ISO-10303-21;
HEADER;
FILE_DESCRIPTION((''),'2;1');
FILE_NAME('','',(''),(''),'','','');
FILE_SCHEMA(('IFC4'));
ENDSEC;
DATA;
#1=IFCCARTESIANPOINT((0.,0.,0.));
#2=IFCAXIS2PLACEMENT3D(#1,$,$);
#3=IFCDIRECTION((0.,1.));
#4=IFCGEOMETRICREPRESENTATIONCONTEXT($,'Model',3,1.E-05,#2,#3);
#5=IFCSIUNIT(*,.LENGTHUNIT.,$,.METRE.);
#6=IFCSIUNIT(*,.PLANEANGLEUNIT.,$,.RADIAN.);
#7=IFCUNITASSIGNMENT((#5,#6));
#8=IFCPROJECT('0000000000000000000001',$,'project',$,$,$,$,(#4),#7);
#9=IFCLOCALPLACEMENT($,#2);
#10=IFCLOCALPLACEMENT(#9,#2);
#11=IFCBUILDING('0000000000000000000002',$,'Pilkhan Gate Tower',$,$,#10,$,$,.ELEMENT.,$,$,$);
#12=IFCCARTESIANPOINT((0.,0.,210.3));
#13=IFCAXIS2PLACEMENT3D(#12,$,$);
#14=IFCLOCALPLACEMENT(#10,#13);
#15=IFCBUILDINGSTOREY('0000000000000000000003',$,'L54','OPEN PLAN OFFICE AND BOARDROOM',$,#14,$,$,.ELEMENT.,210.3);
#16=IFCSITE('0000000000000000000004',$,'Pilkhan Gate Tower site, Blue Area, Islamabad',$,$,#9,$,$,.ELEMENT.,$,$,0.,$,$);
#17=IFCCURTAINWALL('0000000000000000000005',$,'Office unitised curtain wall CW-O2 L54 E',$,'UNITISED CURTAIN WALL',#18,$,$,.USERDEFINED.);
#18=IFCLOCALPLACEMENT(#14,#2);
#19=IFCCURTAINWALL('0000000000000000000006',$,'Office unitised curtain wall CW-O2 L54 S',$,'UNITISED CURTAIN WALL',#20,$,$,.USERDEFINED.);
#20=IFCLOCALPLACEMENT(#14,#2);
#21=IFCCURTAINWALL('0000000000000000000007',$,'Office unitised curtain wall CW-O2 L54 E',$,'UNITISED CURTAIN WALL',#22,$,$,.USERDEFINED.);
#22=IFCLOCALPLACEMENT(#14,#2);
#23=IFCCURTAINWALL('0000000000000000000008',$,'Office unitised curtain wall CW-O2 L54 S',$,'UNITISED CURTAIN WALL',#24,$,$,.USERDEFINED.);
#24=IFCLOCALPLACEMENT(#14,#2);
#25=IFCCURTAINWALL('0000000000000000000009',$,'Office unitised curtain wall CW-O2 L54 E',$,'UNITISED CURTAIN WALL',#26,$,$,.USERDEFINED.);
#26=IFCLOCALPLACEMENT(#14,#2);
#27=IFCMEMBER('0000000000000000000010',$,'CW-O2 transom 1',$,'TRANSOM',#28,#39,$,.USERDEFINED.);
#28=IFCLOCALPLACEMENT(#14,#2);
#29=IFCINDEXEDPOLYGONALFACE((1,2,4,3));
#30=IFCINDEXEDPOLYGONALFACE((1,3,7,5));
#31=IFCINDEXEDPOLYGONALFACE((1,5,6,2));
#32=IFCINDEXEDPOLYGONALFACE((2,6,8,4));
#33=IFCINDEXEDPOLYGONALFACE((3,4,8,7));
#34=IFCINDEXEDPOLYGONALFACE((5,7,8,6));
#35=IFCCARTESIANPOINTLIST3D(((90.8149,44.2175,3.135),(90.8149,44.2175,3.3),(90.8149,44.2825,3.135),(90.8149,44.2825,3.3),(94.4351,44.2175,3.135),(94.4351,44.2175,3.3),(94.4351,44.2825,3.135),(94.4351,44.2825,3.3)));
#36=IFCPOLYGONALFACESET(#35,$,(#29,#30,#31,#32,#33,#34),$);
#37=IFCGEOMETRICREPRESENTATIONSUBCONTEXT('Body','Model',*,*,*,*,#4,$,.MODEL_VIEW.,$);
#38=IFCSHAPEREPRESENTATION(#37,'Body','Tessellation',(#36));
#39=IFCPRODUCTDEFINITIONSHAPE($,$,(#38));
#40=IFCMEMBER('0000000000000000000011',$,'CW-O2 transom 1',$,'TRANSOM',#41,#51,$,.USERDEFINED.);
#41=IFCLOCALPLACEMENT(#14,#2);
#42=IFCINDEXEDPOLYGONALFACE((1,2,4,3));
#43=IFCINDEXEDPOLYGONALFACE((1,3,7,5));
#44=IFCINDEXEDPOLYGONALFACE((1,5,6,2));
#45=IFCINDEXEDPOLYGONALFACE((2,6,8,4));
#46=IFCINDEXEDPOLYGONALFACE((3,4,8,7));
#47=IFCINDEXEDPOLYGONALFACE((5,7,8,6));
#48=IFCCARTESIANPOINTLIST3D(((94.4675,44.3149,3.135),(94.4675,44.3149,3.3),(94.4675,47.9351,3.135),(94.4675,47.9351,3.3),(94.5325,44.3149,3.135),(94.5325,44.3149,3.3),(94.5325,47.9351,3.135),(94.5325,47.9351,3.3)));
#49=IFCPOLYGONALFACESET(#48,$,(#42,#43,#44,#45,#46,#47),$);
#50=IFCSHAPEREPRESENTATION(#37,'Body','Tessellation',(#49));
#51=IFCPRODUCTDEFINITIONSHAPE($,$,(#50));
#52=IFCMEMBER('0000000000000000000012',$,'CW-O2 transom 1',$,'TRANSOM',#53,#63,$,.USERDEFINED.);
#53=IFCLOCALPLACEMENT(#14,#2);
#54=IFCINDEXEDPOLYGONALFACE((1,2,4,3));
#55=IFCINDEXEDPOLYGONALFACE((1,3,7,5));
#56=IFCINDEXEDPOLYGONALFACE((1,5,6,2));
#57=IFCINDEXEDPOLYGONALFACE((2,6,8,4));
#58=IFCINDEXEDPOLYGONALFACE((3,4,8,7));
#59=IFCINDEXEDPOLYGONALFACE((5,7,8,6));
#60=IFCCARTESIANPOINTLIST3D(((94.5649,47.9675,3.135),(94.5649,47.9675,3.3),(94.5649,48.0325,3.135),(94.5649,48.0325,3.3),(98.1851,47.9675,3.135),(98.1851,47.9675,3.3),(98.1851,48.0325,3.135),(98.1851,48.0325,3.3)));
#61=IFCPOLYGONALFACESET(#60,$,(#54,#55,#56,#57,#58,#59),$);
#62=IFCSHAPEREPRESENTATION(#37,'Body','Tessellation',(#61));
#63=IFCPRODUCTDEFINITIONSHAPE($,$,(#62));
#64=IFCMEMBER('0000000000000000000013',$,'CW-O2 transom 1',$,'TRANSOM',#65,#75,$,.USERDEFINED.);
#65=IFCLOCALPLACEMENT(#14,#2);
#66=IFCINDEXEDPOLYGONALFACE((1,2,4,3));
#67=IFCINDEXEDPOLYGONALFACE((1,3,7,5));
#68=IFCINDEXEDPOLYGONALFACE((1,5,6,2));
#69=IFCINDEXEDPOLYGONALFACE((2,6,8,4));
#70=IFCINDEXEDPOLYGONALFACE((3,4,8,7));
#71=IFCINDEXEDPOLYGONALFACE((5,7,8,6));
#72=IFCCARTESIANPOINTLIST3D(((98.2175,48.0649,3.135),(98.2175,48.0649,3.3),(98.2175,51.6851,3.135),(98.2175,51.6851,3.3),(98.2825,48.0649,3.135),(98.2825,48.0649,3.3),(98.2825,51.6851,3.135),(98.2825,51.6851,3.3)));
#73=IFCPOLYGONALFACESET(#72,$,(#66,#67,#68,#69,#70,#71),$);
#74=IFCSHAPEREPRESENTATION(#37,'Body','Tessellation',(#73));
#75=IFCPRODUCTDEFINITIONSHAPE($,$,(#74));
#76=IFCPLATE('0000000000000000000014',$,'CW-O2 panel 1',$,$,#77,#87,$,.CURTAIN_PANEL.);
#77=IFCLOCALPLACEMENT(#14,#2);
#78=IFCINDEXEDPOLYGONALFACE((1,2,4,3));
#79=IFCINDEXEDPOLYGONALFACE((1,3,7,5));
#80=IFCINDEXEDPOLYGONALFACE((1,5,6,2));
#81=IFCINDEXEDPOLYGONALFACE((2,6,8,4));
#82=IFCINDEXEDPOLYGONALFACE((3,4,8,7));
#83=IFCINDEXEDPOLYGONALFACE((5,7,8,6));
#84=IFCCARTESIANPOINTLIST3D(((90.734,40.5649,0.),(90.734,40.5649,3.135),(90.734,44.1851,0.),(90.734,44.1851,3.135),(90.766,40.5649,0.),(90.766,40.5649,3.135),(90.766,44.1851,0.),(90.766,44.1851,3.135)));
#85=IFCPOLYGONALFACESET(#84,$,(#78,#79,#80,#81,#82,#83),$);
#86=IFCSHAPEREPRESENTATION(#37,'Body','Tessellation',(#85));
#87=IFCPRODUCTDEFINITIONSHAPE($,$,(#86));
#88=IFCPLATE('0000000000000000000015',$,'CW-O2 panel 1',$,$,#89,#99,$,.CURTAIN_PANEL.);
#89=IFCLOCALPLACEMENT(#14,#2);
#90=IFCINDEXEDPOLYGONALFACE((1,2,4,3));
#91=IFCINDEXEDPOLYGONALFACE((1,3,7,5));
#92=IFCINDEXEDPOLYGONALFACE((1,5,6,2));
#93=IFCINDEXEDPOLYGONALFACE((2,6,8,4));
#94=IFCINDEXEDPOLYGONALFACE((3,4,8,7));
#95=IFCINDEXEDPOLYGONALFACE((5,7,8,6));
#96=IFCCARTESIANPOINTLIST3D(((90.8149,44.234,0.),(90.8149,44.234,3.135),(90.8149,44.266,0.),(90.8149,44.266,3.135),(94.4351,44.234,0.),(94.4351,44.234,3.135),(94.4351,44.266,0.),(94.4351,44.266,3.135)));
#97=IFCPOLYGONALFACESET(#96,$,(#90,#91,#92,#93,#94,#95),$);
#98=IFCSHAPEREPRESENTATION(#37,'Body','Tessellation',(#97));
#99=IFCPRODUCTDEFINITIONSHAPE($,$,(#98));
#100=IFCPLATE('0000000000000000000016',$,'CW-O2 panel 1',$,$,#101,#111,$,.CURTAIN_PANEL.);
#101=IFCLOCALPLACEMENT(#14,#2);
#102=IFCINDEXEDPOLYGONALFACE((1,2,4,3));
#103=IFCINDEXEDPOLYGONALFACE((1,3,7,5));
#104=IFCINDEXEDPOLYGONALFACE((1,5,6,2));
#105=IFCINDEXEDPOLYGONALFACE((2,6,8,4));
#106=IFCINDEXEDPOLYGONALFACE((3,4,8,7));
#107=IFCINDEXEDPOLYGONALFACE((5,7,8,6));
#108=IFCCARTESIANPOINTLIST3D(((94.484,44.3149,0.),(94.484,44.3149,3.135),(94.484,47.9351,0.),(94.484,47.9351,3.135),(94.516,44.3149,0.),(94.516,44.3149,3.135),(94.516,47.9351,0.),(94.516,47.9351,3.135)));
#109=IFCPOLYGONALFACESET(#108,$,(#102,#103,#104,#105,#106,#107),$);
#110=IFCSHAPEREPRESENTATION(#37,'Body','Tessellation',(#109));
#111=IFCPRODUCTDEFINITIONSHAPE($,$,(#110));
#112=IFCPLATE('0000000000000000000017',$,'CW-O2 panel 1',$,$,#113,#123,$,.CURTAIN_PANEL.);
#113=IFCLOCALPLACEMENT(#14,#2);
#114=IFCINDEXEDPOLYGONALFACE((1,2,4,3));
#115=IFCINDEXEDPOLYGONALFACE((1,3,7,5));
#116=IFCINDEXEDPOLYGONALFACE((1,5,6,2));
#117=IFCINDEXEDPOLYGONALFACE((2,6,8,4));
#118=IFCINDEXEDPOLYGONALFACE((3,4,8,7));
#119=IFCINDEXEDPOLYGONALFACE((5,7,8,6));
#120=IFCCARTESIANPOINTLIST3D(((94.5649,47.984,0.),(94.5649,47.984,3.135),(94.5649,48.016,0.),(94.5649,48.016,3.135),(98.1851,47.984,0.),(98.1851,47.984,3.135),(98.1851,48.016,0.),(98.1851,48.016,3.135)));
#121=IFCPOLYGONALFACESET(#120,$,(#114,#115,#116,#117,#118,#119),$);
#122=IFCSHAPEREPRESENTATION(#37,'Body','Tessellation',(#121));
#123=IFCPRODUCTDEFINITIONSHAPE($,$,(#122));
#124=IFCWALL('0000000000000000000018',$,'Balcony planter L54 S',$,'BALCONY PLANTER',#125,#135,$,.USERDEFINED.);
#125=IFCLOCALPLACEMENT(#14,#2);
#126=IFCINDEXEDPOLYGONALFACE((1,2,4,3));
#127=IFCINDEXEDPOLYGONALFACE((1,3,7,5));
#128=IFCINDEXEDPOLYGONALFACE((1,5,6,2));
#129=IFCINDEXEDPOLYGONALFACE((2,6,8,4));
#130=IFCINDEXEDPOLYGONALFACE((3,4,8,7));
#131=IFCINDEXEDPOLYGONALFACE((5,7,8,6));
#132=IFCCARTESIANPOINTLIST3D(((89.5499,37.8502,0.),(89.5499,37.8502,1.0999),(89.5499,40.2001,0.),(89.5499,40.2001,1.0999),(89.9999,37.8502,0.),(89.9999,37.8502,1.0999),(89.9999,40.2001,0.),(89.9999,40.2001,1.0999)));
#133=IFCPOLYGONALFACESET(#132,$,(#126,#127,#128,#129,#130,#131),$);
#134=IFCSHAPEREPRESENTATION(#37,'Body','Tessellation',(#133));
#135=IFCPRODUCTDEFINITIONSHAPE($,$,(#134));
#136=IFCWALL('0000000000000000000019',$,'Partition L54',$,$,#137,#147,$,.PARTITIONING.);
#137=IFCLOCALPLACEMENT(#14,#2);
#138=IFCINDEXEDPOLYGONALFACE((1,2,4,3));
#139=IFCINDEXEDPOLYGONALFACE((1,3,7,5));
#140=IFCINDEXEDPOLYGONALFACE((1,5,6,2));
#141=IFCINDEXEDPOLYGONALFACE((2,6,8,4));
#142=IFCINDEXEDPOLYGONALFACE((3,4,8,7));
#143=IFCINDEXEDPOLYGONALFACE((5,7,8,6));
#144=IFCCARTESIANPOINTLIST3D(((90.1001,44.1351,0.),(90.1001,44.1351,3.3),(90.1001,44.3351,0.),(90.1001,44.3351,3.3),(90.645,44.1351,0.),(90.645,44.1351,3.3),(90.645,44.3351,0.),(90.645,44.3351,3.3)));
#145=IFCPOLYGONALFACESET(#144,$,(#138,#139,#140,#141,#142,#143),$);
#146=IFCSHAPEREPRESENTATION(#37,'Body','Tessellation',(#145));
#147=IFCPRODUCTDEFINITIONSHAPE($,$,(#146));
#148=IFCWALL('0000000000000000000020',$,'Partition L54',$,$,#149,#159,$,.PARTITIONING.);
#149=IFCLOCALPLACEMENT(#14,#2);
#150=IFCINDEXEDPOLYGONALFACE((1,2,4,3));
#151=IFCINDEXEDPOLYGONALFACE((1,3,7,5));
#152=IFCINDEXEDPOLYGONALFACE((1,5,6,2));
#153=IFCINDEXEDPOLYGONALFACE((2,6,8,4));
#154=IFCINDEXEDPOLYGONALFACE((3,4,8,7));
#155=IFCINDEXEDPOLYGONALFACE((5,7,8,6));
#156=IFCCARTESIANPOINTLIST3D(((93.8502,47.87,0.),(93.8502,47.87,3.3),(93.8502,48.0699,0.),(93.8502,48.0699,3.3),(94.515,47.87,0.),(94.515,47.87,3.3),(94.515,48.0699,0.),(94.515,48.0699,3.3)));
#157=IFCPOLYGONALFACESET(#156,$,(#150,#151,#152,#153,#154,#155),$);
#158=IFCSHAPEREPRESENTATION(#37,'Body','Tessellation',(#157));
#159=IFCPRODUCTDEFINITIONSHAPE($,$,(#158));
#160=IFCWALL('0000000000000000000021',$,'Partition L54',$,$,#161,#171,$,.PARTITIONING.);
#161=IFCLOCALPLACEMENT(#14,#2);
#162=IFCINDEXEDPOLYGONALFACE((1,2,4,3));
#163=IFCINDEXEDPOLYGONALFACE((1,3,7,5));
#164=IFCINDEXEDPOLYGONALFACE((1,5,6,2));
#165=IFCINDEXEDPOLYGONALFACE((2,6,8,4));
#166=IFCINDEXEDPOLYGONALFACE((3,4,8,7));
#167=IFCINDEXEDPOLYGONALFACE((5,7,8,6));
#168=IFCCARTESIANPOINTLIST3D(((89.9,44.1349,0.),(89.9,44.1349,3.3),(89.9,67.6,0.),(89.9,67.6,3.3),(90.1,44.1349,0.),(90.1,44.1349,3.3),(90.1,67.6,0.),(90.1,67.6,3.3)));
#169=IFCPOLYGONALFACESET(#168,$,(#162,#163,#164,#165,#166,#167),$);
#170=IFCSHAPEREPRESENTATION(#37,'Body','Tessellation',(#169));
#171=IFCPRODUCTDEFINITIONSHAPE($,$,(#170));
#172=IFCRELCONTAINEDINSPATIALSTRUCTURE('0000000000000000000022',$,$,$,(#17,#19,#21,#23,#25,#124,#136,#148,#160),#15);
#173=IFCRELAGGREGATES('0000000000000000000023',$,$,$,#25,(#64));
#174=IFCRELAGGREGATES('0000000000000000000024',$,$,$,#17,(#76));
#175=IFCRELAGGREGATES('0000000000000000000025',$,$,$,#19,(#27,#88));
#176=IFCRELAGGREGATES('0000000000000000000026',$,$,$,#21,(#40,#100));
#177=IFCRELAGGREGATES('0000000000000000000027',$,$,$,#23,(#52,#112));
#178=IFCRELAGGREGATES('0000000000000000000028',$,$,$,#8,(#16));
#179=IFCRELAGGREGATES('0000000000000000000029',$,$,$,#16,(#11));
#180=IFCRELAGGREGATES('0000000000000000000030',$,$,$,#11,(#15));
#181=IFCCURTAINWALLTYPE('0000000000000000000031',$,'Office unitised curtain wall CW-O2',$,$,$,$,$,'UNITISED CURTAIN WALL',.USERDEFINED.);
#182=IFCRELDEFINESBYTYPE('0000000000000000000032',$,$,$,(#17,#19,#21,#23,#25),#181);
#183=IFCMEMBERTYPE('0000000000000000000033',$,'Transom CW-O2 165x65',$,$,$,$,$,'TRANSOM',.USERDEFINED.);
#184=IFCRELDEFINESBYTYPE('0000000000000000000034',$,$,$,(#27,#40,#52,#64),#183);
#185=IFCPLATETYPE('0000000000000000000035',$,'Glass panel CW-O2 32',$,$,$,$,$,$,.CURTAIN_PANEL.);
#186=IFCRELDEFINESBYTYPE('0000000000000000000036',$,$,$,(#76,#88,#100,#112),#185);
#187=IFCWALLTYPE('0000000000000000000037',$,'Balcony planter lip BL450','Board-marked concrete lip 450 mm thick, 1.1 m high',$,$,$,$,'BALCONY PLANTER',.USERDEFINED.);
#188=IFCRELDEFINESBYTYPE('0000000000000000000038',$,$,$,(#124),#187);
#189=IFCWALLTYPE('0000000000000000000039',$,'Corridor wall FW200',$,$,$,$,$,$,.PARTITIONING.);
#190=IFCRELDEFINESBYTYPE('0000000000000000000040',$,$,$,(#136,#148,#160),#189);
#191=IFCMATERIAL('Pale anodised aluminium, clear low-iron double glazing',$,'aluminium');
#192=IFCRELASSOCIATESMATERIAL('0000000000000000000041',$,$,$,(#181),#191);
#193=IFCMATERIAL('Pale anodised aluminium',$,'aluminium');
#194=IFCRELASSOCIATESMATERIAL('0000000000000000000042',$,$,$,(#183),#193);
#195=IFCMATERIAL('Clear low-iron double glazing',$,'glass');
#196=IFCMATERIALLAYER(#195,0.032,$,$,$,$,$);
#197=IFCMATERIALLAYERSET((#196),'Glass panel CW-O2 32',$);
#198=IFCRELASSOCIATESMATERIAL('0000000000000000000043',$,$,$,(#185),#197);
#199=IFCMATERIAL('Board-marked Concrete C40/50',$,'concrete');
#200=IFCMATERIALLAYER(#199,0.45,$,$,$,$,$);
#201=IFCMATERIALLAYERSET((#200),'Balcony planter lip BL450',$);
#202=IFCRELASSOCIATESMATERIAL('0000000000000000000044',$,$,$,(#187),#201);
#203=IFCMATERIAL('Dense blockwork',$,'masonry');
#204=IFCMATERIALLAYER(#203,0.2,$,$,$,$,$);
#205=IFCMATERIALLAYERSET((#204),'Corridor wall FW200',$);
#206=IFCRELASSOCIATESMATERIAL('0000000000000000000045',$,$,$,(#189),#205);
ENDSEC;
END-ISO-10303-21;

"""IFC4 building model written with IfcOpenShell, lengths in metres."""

from ifc_helpers import new_model, si_unit, direction, frame, frame_2d, origin, origin_2d, place, context, subcontext, project, spatial, rectangle, extrude, material, layer, layer_set, material_profile, profile_set, type_object, element, aggregate, save


model = new_model("IFC4")

# Units and contexts
model_context = context("Model", 3, precision=1e-05, world=origin(), true_north=direction((0.0, 1.0)))
body_context = subcontext(model_context, "Body", "Model", "MODEL_VIEW")
ifc_project = project(units=[si_unit("LENGTHUNIT", "METRE"), si_unit("PLANEANGLEUNIT", "RADIAN")], contexts=[model_context])

# Site, building, storey
site_placement = place(None, origin())
site = spatial("IfcSite", under=ifc_project, at=site_placement, Name="Pilkhan Gate Tower site, Blue Area, Islamabad", CompositionType="ELEMENT", RefElevation=0.0)
building_placement = place(site_placement, origin())
building = spatial("IfcBuilding", under=site, at=building_placement, Name="Pilkhan Gate Tower", CompositionType="ELEMENT")
storey_placement = place(building_placement, frame((0.0, 0.0, 210.3)))
storey = spatial("IfcBuildingStorey", under=building, at=storey_placement, Name="L54", Description="OPEN PLAN OFFICE AND BOARDROOM", CompositionType="ELEMENT", Elevation=210.3)

# Shared definitions
ifc_material_1 = material(Name="Pale anodised aluminium, clear low-iron double glazing", Category="aluminium")
curtain_wall_type = type_object("IfcCurtainWallType", Name="Office unitised curtain wall CW-O2", ElementType="UNITISED CURTAIN WALL", PredefinedType="USERDEFINED", material=ifc_material_1)
ifc_material_2 = material(Name="Pale anodised aluminium", Category="aluminium")

# Curtain walls
curtain_wall_1_placement = place(storey_placement, origin())
curtain_wall_1 = element("IfcCurtainWall", 1, at=curtain_wall_1_placement, inside=storey, type_object=curtain_wall_type, Name="Office unitised curtain wall CW-O2 L54 E", ObjectType="UNITISED CURTAIN WALL", PredefinedType="USERDEFINED")
curtain_wall_2_placement = place(storey_placement, origin())
curtain_wall_2 = element("IfcCurtainWall", 2, at=curtain_wall_2_placement, inside=storey, type_object=curtain_wall_type, Name="Office unitised curtain wall CW-O2 L54 S", ObjectType="UNITISED CURTAIN WALL", PredefinedType="USERDEFINED")
curtain_wall_3_placement = place(storey_placement, origin())
curtain_wall_3 = element("IfcCurtainWall", 3, at=curtain_wall_3_placement, inside=storey, type_object=curtain_wall_type, Name="Office unitised curtain wall CW-O2 L54 E", ObjectType="UNITISED CURTAIN WALL", PredefinedType="USERDEFINED")
curtain_wall_4_placement = place(storey_placement, origin())
curtain_wall_4 = element("IfcCurtainWall", 4, at=curtain_wall_4_placement, inside=storey, type_object=curtain_wall_type, Name="Office unitised curtain wall CW-O2 L54 S", ObjectType="UNITISED CURTAIN WALL", PredefinedType="USERDEFINED")

# Curtain wall
curtain_wall_5_placement = place(storey_placement, origin())
curtain_wall_5 = element("IfcCurtainWall", 5, at=curtain_wall_5_placement, inside=storey, type_object=curtain_wall_type, Name="Office unitised curtain wall CW-O2 L54 E", ObjectType="UNITISED CURTAIN WALL", PredefinedType="USERDEFINED")

# Members
ifc_material_profile_1 = material_profile(ifc_material_2, rectangle(XDim=0.0649, YDim=0.165, at=origin_2d()), Name="Transom 165x65")
ifc_profile_set_1 = profile_set([ifc_material_profile_1], Name="Pale anodised aluminium")
member_type_1 = type_object("IfcMemberType", Name="Transom CW-O2 165x65", ElementType="TRANSOM", PredefinedType="USERDEFINED", material=ifc_profile_set_1)
member_1_placement = place(storey_placement, frame((90.8149, 44.25, 3.2175), z_axis=(1.0, 0.0, 0.0), x_axis=(0.0, 1.0, 0.0)))
member_1 = element("IfcMember", 6, at=member_1_placement, type_object=member_type_1, Name="CW-O2 transom 1", ObjectType="TRANSOM", PredefinedType="USERDEFINED", context=body_context, shape_type="SweptSolid", body=[
    extrude(rectangle(XDim=0.0649, YDim=0.165, at=origin_2d()), origin(), (0.0, 0.0, 1.0), 3.6201),
])
member_2_placement = place(storey_placement, frame((94.5, 44.3149, 3.2175), z_axis=(0.0, 1.0, 0.0), x_axis=(-1.0, 0.0, 0.0)))
member_2 = element("IfcMember", 7, at=member_2_placement, type_object=member_type_1, Name="CW-O2 transom 1", ObjectType="TRANSOM", PredefinedType="USERDEFINED", context=body_context, shape_type="SweptSolid", body=[
    extrude(rectangle(XDim=0.0649, YDim=0.165, at=origin_2d()), origin(), (0.0, 0.0, 1.0), 3.6201),
])
member_3_placement = place(storey_placement, frame((94.5649, 48.0, 3.2175), z_axis=(1.0, 0.0, 0.0), x_axis=(0.0, 1.0, 0.0)))
member_3 = element("IfcMember", 8, at=member_3_placement, type_object=member_type_1, Name="CW-O2 transom 1", ObjectType="TRANSOM", PredefinedType="USERDEFINED", context=body_context, shape_type="SweptSolid", body=[
    extrude(rectangle(XDim=0.0649, YDim=0.165, at=origin_2d()), origin(), (0.0, 0.0, 1.0), 3.6201),
])
member_4_placement = place(storey_placement, frame((98.25, 48.0649, 3.2175), z_axis=(0.0, 1.0, 0.0), x_axis=(-1.0, 0.0, 0.0)))
member_4 = element("IfcMember", 9, at=member_4_placement, type_object=member_type_1, Name="CW-O2 transom 1", ObjectType="TRANSOM", PredefinedType="USERDEFINED", context=body_context, shape_type="SweptSolid", body=[
    extrude(rectangle(XDim=0.0649, YDim=0.165, at=origin_2d()), origin(), (0.0, 0.0, 1.0), 3.6201),
])
aggregate(curtain_wall_5, [member_4])

# Plates
ifc_material_3 = material(Name="Clear low-iron double glazing", Category="glass")
ifc_layer_1 = layer(ifc_material_3, 0.032)
ifc_layer_set_1 = layer_set([ifc_layer_1], Name="Glass panel CW-O2 32")
plate_type = type_object("IfcPlateType", Name="Glass panel CW-O2 32", PredefinedType="CURTAIN_PANEL", material=ifc_layer_set_1)
plate_1_placement = place(storey_placement, frame((90.75, 42.375, 0.0), z_axis=(0.0, 0.0, 1.0), x_axis=(0.0, 1.0, 0.0)))
plate_1 = element("IfcPlate", 10, at=plate_1_placement, type_object=plate_type, Name="CW-O2 panel 1", PredefinedType="CURTAIN_PANEL", context=body_context, shape_type="SweptSolid", body=[
    extrude(rectangle(XDim=3.6201, YDim=0.032, at=origin_2d()), origin(), (0.0, 0.0, 1.0), 3.135),
])
aggregate(curtain_wall_1, [plate_1])
plate_2_placement = place(storey_placement, frame((92.625, 44.25, 0.0), z_axis=(0.0, 0.0, 1.0), x_axis=(1.0, 0.0, 0.0)))
plate_2 = element("IfcPlate", 11, at=plate_2_placement, type_object=plate_type, Name="CW-O2 panel 1", PredefinedType="CURTAIN_PANEL", context=body_context, shape_type="SweptSolid", body=[
    extrude(rectangle(XDim=3.6201, YDim=0.032, at=origin_2d()), origin(), (0.0, 0.0, 1.0), 3.135),
])
aggregate(curtain_wall_2, [member_1, plate_2])
plate_3_placement = place(storey_placement, frame((94.5, 46.125, 0.0), z_axis=(0.0, 0.0, 1.0), x_axis=(0.0, 1.0, 0.0)))
plate_3 = element("IfcPlate", 12, at=plate_3_placement, type_object=plate_type, Name="CW-O2 panel 1", PredefinedType="CURTAIN_PANEL", context=body_context, shape_type="SweptSolid", body=[
    extrude(rectangle(XDim=3.6201, YDim=0.032, at=origin_2d()), origin(), (0.0, 0.0, 1.0), 3.135),
])
aggregate(curtain_wall_3, [member_2, plate_3])
plate_4_placement = place(storey_placement, frame((96.375, 48.0, 0.0), z_axis=(0.0, 0.0, 1.0), x_axis=(1.0, 0.0, 0.0)))
plate_4 = element("IfcPlate", 13, at=plate_4_placement, type_object=plate_type, Name="CW-O2 panel 1", PredefinedType="CURTAIN_PANEL", context=body_context, shape_type="SweptSolid", body=[
    extrude(rectangle(XDim=3.6201, YDim=0.032, at=origin_2d()), origin(), (0.0, 0.0, 1.0), 3.135),
])
aggregate(curtain_wall_4, [member_3, plate_4])

# Walls
ifc_material_4 = material(Name="Board-marked Concrete C40/50", Category="concrete")
ifc_layer_2 = layer(ifc_material_4, 0.45)
ifc_layer_set_2 = layer_set([ifc_layer_2], Name="Balcony planter lip BL450")
wall_type_1 = type_object("IfcWallType", Name="Balcony planter lip BL450", Description="Board-marked concrete lip 450 mm thick, 1.1 m high", ElementType="BALCONY PLANTER", PredefinedType="USERDEFINED", material=ifc_layer_set_2)
wall_1_placement = place(storey_placement, frame((89.7749, 40.2, 0.0), z_axis=(0.0, 0.0, 1.0), x_axis=(0.0, -1.0, 0.0)))
element("IfcWall", 14, at=wall_1_placement, inside=storey, type_object=wall_type_1, Name="Balcony planter L54 S", ObjectType="BALCONY PLANTER", PredefinedType="USERDEFINED", context=body_context, shape_type="SweptSolid", body=[
    extrude(rectangle(XDim=2.3499, YDim=0.45, at=frame_2d((1.1748, 0.0))), origin(), (0.0, 0.0, 1.0), 1.0999),
])
ifc_material_5 = material(Name="Dense blockwork", Category="masonry")
ifc_layer_3 = layer(ifc_material_5, 0.2)
ifc_layer_set_3 = layer_set([ifc_layer_3], Name="Corridor wall FW200")
wall_type_2 = type_object("IfcWallType", Name="Corridor wall FW200", PredefinedType="PARTITIONING", material=ifc_layer_set_3)
wall_2_placement = place(storey_placement, frame((90.1001, 44.2351, 0.0), z_axis=(0.0, 0.0, 1.0), x_axis=(1.0, 0.0, 0.0)))
element("IfcWall", 15, at=wall_2_placement, inside=storey, type_object=wall_type_2, Name="Partition L54", PredefinedType="PARTITIONING", context=body_context, shape_type="SweptSolid", body=[
    extrude(rectangle(XDim=0.5449, YDim=0.2, at=frame_2d((0.2725, 0.0))), origin(), (0.0, 0.0, 1.0), 3.3),
])
wall_3_placement = place(storey_placement, frame((93.8501, 47.97, 0.0), z_axis=(0.0, 0.0, 1.0), x_axis=(1.0, 0.0, 0.0)))
element("IfcWall", 16, at=wall_3_placement, inside=storey, type_object=wall_type_2, Name="Partition L54", PredefinedType="PARTITIONING", context=body_context, shape_type="SweptSolid", body=[
    extrude(rectangle(XDim=0.6648, YDim=0.2, at=frame_2d((0.3325, 0.0))), origin(), (0.0, 0.0, 1.0), 3.3),
])
wall_4_placement = place(storey_placement, frame((90.0, 44.135, 0.0), z_axis=(0.0, 0.0, 1.0), x_axis=(0.0, 1.0, 0.0)))
element("IfcWall", 17, at=wall_4_placement, inside=storey, type_object=wall_type_2, Name="Partition L54", PredefinedType="PARTITIONING", context=body_context, shape_type="SweptSolid", body=[
    extrude(rectangle(XDim=23.4651, YDim=0.2, at=frame_2d((11.7324, 0.0))), origin(), (0.0, 0.0, 1.0), 3.3),
])

save(model, "model.ifc")
